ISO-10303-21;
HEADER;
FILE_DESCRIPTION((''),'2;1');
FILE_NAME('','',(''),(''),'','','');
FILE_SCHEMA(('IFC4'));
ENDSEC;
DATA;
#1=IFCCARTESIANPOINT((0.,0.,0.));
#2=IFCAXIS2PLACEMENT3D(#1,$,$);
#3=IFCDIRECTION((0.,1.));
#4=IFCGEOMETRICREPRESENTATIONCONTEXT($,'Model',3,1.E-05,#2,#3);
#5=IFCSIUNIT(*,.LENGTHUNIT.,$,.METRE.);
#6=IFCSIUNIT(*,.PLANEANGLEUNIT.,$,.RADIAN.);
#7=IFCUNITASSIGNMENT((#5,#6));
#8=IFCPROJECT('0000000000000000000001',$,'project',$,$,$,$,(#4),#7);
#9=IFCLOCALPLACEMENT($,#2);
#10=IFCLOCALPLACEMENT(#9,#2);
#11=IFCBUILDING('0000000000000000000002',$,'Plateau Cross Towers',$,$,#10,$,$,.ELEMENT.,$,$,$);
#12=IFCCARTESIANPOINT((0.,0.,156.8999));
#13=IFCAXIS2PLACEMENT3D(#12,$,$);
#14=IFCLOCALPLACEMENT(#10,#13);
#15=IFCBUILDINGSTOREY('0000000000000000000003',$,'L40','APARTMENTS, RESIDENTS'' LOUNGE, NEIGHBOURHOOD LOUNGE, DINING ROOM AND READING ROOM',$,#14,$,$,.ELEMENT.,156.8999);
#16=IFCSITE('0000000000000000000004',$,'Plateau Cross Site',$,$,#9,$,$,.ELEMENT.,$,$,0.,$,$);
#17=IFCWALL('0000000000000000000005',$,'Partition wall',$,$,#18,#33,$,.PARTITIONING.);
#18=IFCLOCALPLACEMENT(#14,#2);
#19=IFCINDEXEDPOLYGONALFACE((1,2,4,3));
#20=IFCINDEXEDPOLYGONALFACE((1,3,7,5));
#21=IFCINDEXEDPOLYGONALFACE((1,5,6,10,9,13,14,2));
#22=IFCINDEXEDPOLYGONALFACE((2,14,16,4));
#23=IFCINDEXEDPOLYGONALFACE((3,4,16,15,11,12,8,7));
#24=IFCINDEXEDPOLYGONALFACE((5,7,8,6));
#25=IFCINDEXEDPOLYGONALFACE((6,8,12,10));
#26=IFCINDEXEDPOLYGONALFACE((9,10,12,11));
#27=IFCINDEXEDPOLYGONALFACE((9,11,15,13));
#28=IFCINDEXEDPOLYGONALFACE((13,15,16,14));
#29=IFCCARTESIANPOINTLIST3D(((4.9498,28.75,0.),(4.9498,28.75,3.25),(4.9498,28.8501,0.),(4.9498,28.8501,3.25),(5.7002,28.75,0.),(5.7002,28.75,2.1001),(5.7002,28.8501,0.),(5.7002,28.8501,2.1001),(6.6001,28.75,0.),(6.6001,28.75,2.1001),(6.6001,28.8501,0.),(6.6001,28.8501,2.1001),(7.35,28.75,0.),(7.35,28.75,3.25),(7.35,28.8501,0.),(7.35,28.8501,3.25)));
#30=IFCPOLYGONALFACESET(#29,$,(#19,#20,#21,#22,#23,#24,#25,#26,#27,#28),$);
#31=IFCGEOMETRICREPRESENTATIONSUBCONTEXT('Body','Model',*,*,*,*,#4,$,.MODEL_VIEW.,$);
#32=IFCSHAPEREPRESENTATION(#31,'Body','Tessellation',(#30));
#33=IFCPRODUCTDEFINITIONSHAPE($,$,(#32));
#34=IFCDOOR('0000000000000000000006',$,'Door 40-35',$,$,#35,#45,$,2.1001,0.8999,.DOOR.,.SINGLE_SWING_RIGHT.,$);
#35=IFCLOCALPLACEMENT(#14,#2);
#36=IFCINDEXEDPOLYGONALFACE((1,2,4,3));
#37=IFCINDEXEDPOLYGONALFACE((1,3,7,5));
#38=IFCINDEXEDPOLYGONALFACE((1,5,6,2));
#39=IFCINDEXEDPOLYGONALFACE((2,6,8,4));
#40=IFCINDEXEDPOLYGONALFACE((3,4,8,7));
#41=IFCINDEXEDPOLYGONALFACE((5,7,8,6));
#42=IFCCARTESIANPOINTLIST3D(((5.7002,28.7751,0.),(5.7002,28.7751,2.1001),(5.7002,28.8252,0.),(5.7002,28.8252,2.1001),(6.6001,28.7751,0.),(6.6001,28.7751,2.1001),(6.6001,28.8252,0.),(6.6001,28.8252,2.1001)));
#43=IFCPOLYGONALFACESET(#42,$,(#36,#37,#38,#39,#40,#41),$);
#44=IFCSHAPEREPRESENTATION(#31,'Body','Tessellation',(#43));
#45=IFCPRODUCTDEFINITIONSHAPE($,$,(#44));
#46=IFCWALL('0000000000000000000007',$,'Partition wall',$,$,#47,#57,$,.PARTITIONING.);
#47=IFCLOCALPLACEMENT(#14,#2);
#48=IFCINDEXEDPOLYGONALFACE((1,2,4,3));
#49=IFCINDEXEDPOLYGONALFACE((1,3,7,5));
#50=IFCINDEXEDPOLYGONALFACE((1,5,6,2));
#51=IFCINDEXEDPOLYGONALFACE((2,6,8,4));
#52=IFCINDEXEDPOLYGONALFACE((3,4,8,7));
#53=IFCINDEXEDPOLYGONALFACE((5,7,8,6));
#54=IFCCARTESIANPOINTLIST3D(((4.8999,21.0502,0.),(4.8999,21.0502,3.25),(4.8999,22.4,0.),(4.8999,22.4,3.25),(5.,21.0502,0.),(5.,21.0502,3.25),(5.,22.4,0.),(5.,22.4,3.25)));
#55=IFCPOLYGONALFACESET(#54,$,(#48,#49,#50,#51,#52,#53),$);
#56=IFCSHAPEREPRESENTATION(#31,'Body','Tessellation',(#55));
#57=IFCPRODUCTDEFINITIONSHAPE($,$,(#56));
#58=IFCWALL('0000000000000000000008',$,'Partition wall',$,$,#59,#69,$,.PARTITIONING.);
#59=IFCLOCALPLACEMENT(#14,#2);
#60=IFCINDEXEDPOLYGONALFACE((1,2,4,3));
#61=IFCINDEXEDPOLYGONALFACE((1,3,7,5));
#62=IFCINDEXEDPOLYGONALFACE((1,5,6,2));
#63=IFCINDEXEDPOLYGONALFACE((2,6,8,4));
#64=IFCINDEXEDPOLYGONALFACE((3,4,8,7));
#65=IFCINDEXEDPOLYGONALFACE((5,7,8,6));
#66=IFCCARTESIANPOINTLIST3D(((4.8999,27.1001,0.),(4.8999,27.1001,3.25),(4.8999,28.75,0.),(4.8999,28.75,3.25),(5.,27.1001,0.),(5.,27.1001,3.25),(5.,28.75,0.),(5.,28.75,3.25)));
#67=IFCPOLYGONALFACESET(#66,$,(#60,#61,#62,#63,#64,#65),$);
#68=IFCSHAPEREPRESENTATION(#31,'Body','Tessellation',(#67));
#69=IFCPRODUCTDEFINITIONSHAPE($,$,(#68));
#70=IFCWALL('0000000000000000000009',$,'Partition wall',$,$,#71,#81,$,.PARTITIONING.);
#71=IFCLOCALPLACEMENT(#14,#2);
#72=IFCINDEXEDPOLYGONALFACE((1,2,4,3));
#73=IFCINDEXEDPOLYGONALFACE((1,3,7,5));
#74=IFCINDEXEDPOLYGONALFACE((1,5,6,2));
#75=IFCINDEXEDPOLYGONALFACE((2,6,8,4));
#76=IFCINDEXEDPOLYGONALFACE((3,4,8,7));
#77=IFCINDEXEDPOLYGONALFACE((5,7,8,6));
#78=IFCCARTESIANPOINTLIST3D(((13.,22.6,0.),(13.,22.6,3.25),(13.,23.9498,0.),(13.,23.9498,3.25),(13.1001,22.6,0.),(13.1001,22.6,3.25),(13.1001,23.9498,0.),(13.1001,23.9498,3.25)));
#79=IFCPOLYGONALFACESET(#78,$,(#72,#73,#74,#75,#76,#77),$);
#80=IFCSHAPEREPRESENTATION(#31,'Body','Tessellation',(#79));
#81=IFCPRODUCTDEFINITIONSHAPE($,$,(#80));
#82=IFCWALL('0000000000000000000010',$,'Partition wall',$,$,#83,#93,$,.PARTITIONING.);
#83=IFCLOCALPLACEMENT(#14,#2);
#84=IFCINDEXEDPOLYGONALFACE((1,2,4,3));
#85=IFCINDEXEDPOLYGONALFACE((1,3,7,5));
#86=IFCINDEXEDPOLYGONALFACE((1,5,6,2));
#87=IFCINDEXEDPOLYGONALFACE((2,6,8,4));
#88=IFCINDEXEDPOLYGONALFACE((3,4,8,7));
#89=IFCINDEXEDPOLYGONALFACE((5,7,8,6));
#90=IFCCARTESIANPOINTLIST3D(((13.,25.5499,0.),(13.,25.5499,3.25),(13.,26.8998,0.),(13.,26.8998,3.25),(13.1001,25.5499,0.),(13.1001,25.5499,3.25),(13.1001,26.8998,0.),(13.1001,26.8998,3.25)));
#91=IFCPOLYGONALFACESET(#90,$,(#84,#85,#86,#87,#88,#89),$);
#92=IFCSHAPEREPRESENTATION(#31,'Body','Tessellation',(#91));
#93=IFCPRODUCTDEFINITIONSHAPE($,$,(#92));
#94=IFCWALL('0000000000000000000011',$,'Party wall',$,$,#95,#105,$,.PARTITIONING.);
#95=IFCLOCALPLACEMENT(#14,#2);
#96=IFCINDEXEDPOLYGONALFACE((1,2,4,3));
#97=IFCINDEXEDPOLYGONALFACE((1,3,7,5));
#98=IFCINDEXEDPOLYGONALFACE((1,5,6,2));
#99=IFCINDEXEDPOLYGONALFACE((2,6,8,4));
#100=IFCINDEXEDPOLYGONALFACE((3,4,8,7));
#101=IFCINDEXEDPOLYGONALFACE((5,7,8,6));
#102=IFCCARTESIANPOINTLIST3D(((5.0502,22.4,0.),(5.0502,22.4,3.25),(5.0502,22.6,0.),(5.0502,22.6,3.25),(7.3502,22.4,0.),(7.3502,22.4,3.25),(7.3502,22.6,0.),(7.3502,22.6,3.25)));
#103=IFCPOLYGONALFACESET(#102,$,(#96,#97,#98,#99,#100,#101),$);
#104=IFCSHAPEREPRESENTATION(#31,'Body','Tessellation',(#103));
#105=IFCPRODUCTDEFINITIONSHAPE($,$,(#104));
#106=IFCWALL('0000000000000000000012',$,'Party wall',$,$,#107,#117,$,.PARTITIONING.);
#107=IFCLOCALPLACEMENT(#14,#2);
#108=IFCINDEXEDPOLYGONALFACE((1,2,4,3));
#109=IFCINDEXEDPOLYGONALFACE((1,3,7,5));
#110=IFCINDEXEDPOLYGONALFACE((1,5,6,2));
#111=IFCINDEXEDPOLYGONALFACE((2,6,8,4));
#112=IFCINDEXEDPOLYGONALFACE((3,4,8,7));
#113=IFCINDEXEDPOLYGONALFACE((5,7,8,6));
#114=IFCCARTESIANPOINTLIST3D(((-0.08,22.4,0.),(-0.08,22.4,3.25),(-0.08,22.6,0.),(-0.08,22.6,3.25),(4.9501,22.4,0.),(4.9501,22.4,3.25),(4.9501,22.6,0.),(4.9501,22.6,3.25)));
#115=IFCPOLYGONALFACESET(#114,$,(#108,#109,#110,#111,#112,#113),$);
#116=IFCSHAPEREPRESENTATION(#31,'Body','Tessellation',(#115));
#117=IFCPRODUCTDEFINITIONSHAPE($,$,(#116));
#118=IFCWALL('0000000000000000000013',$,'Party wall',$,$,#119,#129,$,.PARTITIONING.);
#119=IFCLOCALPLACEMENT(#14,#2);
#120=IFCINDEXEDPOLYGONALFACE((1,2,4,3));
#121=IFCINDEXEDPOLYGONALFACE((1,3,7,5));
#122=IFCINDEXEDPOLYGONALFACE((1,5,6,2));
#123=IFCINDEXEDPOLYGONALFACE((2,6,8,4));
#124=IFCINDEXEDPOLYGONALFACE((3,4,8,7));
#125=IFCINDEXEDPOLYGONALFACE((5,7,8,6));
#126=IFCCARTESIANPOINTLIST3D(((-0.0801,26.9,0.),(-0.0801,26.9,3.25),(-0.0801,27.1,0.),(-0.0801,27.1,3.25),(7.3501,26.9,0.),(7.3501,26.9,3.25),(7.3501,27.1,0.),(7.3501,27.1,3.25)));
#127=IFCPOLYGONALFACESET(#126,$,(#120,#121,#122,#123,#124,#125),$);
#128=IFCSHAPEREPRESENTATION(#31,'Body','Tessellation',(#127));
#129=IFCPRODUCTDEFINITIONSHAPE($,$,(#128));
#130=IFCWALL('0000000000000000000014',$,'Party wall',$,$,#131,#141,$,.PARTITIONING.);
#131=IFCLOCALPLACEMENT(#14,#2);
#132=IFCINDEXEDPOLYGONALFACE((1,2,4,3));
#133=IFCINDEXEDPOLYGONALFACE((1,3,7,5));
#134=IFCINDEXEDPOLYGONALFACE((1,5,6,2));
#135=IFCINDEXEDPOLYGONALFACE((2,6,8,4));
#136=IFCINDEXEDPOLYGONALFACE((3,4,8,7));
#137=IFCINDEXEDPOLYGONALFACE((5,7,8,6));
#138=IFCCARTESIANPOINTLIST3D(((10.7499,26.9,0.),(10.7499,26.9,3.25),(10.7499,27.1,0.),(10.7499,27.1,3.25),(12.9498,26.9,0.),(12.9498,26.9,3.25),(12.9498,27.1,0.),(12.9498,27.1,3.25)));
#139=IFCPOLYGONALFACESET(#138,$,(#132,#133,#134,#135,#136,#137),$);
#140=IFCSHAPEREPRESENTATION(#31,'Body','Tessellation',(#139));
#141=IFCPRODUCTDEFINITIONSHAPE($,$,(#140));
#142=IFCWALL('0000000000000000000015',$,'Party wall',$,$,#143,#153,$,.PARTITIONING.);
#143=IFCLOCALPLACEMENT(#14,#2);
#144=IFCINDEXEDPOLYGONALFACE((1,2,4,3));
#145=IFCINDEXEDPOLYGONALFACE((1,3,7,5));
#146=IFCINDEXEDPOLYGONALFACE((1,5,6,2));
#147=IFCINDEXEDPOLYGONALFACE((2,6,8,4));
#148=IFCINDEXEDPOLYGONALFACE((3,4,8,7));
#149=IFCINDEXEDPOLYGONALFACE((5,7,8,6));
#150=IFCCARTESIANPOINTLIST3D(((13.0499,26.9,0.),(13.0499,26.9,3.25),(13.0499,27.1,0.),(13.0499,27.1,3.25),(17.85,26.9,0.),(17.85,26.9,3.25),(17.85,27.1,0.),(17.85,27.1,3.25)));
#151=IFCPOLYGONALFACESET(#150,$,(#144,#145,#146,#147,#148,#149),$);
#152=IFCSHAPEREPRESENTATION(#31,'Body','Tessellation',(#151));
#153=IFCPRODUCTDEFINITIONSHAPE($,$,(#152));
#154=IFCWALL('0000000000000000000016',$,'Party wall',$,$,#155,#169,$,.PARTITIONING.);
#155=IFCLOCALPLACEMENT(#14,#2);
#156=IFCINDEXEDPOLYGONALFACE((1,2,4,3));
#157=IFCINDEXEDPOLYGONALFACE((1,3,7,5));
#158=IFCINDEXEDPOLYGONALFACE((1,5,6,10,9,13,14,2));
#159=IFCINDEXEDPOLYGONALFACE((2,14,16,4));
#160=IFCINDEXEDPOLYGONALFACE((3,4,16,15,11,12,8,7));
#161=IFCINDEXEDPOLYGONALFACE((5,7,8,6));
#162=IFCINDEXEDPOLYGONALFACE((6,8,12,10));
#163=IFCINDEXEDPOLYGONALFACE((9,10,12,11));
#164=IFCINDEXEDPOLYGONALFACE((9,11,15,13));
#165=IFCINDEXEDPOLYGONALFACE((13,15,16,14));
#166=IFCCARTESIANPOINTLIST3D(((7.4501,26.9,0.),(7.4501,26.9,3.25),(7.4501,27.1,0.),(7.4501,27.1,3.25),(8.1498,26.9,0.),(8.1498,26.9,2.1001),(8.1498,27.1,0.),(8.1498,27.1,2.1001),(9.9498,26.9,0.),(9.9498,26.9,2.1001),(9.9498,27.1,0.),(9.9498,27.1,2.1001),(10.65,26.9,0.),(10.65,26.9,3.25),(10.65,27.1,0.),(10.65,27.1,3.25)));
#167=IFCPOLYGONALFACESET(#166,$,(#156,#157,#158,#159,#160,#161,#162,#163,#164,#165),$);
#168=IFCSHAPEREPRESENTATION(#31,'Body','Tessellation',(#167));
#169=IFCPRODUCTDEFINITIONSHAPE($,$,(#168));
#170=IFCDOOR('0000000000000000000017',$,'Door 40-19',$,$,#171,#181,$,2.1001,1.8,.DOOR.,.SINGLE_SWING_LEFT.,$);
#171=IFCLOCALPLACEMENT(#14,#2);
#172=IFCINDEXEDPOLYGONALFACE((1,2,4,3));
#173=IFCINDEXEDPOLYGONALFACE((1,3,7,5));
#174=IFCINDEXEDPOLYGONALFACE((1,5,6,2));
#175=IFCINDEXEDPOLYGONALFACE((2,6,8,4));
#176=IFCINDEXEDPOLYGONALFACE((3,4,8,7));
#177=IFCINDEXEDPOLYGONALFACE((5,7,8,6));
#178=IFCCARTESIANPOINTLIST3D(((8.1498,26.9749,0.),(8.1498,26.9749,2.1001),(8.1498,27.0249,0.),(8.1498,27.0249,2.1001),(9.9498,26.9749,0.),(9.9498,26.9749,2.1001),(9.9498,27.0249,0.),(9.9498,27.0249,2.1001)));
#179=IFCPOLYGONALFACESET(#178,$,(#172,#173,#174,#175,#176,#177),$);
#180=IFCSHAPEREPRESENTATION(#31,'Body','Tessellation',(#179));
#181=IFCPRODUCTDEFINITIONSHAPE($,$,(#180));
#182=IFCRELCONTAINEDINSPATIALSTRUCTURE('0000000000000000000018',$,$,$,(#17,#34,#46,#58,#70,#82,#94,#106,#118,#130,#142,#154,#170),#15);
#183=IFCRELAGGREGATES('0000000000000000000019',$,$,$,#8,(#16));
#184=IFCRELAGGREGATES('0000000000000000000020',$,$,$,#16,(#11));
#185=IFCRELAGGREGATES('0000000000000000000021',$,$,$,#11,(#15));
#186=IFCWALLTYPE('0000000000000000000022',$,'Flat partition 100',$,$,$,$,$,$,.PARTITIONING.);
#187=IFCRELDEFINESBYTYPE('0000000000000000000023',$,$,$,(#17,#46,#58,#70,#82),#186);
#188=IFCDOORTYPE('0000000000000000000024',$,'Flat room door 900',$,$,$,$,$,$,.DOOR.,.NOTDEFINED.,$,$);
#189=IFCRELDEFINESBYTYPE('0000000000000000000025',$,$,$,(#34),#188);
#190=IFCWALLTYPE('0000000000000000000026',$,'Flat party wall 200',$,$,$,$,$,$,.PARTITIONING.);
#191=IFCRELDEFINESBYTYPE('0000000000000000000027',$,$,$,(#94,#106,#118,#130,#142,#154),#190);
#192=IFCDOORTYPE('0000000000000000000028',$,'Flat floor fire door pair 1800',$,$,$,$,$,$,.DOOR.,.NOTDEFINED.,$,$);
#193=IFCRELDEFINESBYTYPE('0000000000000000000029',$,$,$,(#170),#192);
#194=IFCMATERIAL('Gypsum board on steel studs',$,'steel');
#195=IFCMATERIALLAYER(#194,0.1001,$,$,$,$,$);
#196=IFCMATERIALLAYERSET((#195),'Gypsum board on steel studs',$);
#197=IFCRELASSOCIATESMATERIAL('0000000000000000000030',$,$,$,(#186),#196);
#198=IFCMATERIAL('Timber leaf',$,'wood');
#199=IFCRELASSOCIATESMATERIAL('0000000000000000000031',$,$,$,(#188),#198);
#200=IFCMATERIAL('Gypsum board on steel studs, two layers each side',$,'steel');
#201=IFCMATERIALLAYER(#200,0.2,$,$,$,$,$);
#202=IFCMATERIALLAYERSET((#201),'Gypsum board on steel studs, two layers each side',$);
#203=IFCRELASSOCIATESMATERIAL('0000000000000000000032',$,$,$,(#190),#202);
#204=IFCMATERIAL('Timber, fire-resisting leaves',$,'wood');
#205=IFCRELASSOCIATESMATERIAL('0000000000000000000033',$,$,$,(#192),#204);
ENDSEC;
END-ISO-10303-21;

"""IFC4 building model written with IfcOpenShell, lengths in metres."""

from ifc_helpers import new_model, si_unit, direction, frame, frame_2d, origin, place, context, subcontext, project, spatial, rectangle, extrude, material, layer, layer_set, type_object, element, fill, save


model = new_model("IFC4")

# Units and contexts
model_context = context("Model", 3, precision=1e-05, world=origin(), true_north=direction((0.0, 1.0)))
body_context = subcontext(model_context, "Body", "Model", "MODEL_VIEW")
ifc_project = project(units=[si_unit("LENGTHUNIT", "METRE"), si_unit("PLANEANGLEUNIT", "RADIAN")], contexts=[model_context])

# Site, building, storey
site_placement = place(None, origin())
site = spatial("IfcSite", under=ifc_project, at=site_placement, Name="Plateau Cross Site", CompositionType="ELEMENT", RefElevation=0.0)
building_placement = place(site_placement, origin())
building = spatial("IfcBuilding", under=site, at=building_placement, Name="Plateau Cross Towers", CompositionType="ELEMENT")
storey_placement = place(building_placement, frame((0.0, 0.0, 156.8999)))
storey = spatial("IfcBuildingStorey", under=building, at=storey_placement, Name="L40", Description="APARTMENTS, RESIDENTS' LOUNGE, NEIGHBOURHOOD LOUNGE, DINING ROOM AND READING ROOM", CompositionType="ELEMENT", Elevation=156.8999)

# Wall, opening, door
ifc_material_1 = material(Name="Gypsum board on steel studs", Category="steel")
ifc_layer_1 = layer(ifc_material_1, 0.1001)
ifc_layer_set_1 = layer_set([ifc_layer_1], Name="Gypsum board on steel studs")
wall_type_1 = type_object("IfcWallType", Name="Flat partition 100", PredefinedType="PARTITIONING", material=ifc_layer_set_1)
ifc_material_2 = material(Name="Timber leaf", Category="wood")
door_type_1 = type_object("IfcDoorType", Name="Flat room door 900", OperationType="NOTDEFINED", PredefinedType="DOOR", material=ifc_material_2)
wall_1_placement = place(storey_placement, frame((7.3501, 28.8, 0.0), z_axis=(0.0, 0.0, 1.0), x_axis=(-1.0, 0.0, 0.0)))
wall_1 = element("IfcWall", 1, at=wall_1_placement, inside=storey, type_object=wall_type_1, Name="Partition wall", PredefinedType="PARTITIONING", context=body_context, shape_type="SweptSolid", body=[
    extrude(rectangle(XDim=2.4001, YDim=0.1001, at=frame_2d((1.2002, 0.0))), origin(), (0.0, 0.0, 1.0), 3.25),
])
opening_1_placement = place(wall_1_placement, frame((0.75, 0.0, 0.0)))
opening_1 = element("IfcOpeningElement", 2, at=opening_1_placement, cuts=wall_1, PredefinedType="OPENING", context=body_context, shape_type="SweptSolid", body=[
    extrude(rectangle(XDim=0.8999, YDim=2.1001, at=frame_2d((0.45, 1.05))), frame((0.0, 0.0601, 0.0), z_axis=(0.0, -1.0, 0.0), x_axis=(1.0, 0.0, 0.0)), (0.0, 0.0, 1.0), 0.1201),
])
door_1_placement = place(opening_1_placement, origin())
door_1 = element("IfcDoor", 3, at=door_1_placement, inside=storey, type_object=door_type_1, Name="Door 40-35", OperationType="SINGLE_SWING_RIGHT", OverallHeight=2.1001, OverallWidth=0.8999, PredefinedType="DOOR", context=body_context, shape_type="SweptSolid", body=[
    extrude(rectangle(XDim=0.8999, YDim=2.1001, at=frame_2d((0.45, 1.05))), frame((0.0, 0.0249, 0.0), z_axis=(0.0, -1.0, 0.0), x_axis=(1.0, 0.0, 0.0)), (0.0, 0.0, 1.0), 0.05),
])
fill(opening_1, door_1)

# Walls
wall_2_placement = place(storey_placement, frame((4.95, 22.3999, 0.0), z_axis=(0.0, 0.0, 1.0), x_axis=(0.0, -1.0, 0.0)))
element("IfcWall", 4, at=wall_2_placement, inside=storey, type_object=wall_type_1, Name="Partition wall", PredefinedType="PARTITIONING", context=body_context, shape_type="SweptSolid", body=[
    extrude(rectangle(XDim=1.3499, YDim=0.1001, at=frame_2d((0.6748, 0.0))), origin(), (0.0, 0.0, 1.0), 3.25),
])
wall_3_placement = place(storey_placement, frame((4.95, 28.75, 0.0), z_axis=(0.0, 0.0, 1.0), x_axis=(0.0, -1.0, 0.0)))
element("IfcWall", 5, at=wall_3_placement, inside=storey, type_object=wall_type_1, Name="Partition wall", PredefinedType="PARTITIONING", context=body_context, shape_type="SweptSolid", body=[
    extrude(rectangle(XDim=1.6499, YDim=0.1001, at=frame_2d((0.825, 0.0))), origin(), (0.0, 0.0, 1.0), 3.25),
])
for number, where, z_axis, x_axis, name in (
    (6, (13.05, 22.6001, 0.0), (0.0, 0.0, 1.0), (0.0, 1.0, 0.0), "Partition wall"),
    (7, (13.05, 25.55, 0.0), (0.0, 0.0, 1.0), (0.0, 1.0, 0.0), "Partition wall"),
):
    element("IfcWall", number, at=place(storey_placement, frame(where, z_axis=z_axis, x_axis=x_axis)), inside=storey, type_object=wall_type_1, Name=name, PredefinedType="PARTITIONING", context=body_context, shape_type="SweptSolid", body=[
        extrude(rectangle(XDim=1.3499, YDim=0.1001, at=frame_2d((0.6748, 0.0))), origin(), (0.0, 0.0, 1.0), 3.25),
    ])
ifc_material_3 = material(Name="Gypsum board on steel studs, two layers each side", Category="steel")
ifc_layer_2 = layer(ifc_material_3, 0.2)
ifc_layer_set_2 = layer_set([ifc_layer_2], Name="Gypsum board on steel studs, two layers each side")
wall_type_2 = type_object("IfcWallType", Name="Flat party wall 200", PredefinedType="PARTITIONING", material=ifc_layer_set_2)
wall_4_placement = place(storey_placement, frame((7.3501, 22.5, 0.0), z_axis=(0.0, 0.0, 1.0), x_axis=(-1.0, 0.0, 0.0)))
element("IfcWall", 8, at=wall_4_placement, inside=storey, type_object=wall_type_2, Name="Party wall", PredefinedType="PARTITIONING", context=body_context, shape_type="SweptSolid", body=[
    extrude(rectangle(XDim=2.3, YDim=0.2, at=frame_2d((1.1499, 0.0))), origin(), (0.0, 0.0, 1.0), 3.25),
])
wall_5_placement = place(storey_placement, frame((-0.0801, 22.5, 0.0), z_axis=(0.0, 0.0, 1.0), x_axis=(1.0, 0.0, 0.0)))
element("IfcWall", 9, at=wall_5_placement, inside=storey, type_object=wall_type_2, Name="Party wall", PredefinedType="PARTITIONING", context=body_context, shape_type="SweptSolid", body=[
    extrude(rectangle(XDim=5.03, YDim=0.2, at=frame_2d((2.5151, 0.0))), origin(), (0.0, 0.0, 1.0), 3.25),
])
wall_6_placement = place(storey_placement, frame((7.3501, 27.0, 0.0), z_axis=(0.0, 0.0, 1.0), x_axis=(-1.0, 0.0, 0.0)))
element("IfcWall", 10, at=wall_6_placement, inside=storey, type_object=wall_type_2, Name="Party wall", PredefinedType="PARTITIONING", context=body_context, shape_type="SweptSolid", body=[
    extrude(rectangle(XDim=7.4302, YDim=0.2, at=frame_2d((3.7151, 0.0))), origin(), (0.0, 0.0, 1.0), 3.25),
])
wall_7_placement = place(storey_placement, frame((12.95, 27.0, 0.0), z_axis=(0.0, 0.0, 1.0), x_axis=(-1.0, 0.0, 0.0)))
element("IfcWall", 11, at=wall_7_placement, inside=storey, type_object=wall_type_2, Name="Party wall", PredefinedType="PARTITIONING", context=body_context, shape_type="SweptSolid", body=[
    extrude(rectangle(XDim=2.2, YDim=0.2, at=frame_2d((1.1001, 0.0))), origin(), (0.0, 0.0, 1.0), 3.25),
])
wall_8_placement = place(storey_placement, frame((13.05, 27.0, 0.0), z_axis=(0.0, 0.0, 1.0), x_axis=(1.0, 0.0, 0.0)))
element("IfcWall", 12, at=wall_8_placement, inside=storey, type_object=wall_type_2, Name="Party wall", PredefinedType="PARTITIONING", context=body_context, shape_type="SweptSolid", body=[
    extrude(rectangle(XDim=4.8, YDim=0.2, at=frame_2d((2.3999, 0.0))), origin(), (0.0, 0.0, 1.0), 3.25),
])

# Wall, opening, door
wall_9_placement = place(storey_placement, frame((7.45, 27.0, 0.0), z_axis=(0.0, 0.0, 1.0), x_axis=(1.0, 0.0, 0.0)))
wall_9 = element("IfcWall", 13, at=wall_9_placement, inside=storey, type_object=wall_type_2, Name="Party wall", PredefinedType="PARTITIONING", context=body_context, shape_type="SweptSolid", body=[
    extrude(rectangle(XDim=3.2, YDim=0.2, at=frame_2d((1.6001, 0.0))), origin(), (0.0, 0.0, 1.0), 3.25),
])
opening_2_placement = place(wall_9_placement, frame((0.7, 0.0, 0.0)))
opening_2 = element("IfcOpeningElement", 14, at=opening_2_placement, cuts=wall_9, PredefinedType="OPENING", context=body_context, shape_type="SweptSolid", body=[
    extrude(rectangle(XDim=1.8, YDim=2.1001, at=frame_2d((0.8999, 1.05))), frame((0.0, 0.1099, 0.0), z_axis=(0.0, -1.0, 0.0), x_axis=(1.0, 0.0, 0.0)), (0.0, 0.0, 1.0), 0.22),
])
ifc_material_4 = material(Name="Timber, fire-resisting leaves", Category="wood")
door_type_2 = type_object("IfcDoorType", Name="Flat floor fire door pair 1800", OperationType="NOTDEFINED", PredefinedType="DOOR", material=ifc_material_4)
door_2_placement = place(opening_2_placement, origin())
door_2 = element("IfcDoor", 15, at=door_2_placement, inside=storey, type_object=door_type_2, Name="Door 40-19", OperationType="SINGLE_SWING_LEFT", OverallHeight=2.1001, OverallWidth=1.8, PredefinedType="DOOR", context=body_context, shape_type="SweptSolid", body=[
    extrude(rectangle(XDim=1.8, YDim=2.1001, at=frame_2d((0.8999, 1.05))), frame((0.0, 0.0249, 0.0), z_axis=(0.0, -1.0, 0.0), x_axis=(1.0, 0.0, 0.0)), (0.0, 0.0, 1.0), 0.05),
])
fill(opening_2, door_2)

save(model, "model.ifc")
